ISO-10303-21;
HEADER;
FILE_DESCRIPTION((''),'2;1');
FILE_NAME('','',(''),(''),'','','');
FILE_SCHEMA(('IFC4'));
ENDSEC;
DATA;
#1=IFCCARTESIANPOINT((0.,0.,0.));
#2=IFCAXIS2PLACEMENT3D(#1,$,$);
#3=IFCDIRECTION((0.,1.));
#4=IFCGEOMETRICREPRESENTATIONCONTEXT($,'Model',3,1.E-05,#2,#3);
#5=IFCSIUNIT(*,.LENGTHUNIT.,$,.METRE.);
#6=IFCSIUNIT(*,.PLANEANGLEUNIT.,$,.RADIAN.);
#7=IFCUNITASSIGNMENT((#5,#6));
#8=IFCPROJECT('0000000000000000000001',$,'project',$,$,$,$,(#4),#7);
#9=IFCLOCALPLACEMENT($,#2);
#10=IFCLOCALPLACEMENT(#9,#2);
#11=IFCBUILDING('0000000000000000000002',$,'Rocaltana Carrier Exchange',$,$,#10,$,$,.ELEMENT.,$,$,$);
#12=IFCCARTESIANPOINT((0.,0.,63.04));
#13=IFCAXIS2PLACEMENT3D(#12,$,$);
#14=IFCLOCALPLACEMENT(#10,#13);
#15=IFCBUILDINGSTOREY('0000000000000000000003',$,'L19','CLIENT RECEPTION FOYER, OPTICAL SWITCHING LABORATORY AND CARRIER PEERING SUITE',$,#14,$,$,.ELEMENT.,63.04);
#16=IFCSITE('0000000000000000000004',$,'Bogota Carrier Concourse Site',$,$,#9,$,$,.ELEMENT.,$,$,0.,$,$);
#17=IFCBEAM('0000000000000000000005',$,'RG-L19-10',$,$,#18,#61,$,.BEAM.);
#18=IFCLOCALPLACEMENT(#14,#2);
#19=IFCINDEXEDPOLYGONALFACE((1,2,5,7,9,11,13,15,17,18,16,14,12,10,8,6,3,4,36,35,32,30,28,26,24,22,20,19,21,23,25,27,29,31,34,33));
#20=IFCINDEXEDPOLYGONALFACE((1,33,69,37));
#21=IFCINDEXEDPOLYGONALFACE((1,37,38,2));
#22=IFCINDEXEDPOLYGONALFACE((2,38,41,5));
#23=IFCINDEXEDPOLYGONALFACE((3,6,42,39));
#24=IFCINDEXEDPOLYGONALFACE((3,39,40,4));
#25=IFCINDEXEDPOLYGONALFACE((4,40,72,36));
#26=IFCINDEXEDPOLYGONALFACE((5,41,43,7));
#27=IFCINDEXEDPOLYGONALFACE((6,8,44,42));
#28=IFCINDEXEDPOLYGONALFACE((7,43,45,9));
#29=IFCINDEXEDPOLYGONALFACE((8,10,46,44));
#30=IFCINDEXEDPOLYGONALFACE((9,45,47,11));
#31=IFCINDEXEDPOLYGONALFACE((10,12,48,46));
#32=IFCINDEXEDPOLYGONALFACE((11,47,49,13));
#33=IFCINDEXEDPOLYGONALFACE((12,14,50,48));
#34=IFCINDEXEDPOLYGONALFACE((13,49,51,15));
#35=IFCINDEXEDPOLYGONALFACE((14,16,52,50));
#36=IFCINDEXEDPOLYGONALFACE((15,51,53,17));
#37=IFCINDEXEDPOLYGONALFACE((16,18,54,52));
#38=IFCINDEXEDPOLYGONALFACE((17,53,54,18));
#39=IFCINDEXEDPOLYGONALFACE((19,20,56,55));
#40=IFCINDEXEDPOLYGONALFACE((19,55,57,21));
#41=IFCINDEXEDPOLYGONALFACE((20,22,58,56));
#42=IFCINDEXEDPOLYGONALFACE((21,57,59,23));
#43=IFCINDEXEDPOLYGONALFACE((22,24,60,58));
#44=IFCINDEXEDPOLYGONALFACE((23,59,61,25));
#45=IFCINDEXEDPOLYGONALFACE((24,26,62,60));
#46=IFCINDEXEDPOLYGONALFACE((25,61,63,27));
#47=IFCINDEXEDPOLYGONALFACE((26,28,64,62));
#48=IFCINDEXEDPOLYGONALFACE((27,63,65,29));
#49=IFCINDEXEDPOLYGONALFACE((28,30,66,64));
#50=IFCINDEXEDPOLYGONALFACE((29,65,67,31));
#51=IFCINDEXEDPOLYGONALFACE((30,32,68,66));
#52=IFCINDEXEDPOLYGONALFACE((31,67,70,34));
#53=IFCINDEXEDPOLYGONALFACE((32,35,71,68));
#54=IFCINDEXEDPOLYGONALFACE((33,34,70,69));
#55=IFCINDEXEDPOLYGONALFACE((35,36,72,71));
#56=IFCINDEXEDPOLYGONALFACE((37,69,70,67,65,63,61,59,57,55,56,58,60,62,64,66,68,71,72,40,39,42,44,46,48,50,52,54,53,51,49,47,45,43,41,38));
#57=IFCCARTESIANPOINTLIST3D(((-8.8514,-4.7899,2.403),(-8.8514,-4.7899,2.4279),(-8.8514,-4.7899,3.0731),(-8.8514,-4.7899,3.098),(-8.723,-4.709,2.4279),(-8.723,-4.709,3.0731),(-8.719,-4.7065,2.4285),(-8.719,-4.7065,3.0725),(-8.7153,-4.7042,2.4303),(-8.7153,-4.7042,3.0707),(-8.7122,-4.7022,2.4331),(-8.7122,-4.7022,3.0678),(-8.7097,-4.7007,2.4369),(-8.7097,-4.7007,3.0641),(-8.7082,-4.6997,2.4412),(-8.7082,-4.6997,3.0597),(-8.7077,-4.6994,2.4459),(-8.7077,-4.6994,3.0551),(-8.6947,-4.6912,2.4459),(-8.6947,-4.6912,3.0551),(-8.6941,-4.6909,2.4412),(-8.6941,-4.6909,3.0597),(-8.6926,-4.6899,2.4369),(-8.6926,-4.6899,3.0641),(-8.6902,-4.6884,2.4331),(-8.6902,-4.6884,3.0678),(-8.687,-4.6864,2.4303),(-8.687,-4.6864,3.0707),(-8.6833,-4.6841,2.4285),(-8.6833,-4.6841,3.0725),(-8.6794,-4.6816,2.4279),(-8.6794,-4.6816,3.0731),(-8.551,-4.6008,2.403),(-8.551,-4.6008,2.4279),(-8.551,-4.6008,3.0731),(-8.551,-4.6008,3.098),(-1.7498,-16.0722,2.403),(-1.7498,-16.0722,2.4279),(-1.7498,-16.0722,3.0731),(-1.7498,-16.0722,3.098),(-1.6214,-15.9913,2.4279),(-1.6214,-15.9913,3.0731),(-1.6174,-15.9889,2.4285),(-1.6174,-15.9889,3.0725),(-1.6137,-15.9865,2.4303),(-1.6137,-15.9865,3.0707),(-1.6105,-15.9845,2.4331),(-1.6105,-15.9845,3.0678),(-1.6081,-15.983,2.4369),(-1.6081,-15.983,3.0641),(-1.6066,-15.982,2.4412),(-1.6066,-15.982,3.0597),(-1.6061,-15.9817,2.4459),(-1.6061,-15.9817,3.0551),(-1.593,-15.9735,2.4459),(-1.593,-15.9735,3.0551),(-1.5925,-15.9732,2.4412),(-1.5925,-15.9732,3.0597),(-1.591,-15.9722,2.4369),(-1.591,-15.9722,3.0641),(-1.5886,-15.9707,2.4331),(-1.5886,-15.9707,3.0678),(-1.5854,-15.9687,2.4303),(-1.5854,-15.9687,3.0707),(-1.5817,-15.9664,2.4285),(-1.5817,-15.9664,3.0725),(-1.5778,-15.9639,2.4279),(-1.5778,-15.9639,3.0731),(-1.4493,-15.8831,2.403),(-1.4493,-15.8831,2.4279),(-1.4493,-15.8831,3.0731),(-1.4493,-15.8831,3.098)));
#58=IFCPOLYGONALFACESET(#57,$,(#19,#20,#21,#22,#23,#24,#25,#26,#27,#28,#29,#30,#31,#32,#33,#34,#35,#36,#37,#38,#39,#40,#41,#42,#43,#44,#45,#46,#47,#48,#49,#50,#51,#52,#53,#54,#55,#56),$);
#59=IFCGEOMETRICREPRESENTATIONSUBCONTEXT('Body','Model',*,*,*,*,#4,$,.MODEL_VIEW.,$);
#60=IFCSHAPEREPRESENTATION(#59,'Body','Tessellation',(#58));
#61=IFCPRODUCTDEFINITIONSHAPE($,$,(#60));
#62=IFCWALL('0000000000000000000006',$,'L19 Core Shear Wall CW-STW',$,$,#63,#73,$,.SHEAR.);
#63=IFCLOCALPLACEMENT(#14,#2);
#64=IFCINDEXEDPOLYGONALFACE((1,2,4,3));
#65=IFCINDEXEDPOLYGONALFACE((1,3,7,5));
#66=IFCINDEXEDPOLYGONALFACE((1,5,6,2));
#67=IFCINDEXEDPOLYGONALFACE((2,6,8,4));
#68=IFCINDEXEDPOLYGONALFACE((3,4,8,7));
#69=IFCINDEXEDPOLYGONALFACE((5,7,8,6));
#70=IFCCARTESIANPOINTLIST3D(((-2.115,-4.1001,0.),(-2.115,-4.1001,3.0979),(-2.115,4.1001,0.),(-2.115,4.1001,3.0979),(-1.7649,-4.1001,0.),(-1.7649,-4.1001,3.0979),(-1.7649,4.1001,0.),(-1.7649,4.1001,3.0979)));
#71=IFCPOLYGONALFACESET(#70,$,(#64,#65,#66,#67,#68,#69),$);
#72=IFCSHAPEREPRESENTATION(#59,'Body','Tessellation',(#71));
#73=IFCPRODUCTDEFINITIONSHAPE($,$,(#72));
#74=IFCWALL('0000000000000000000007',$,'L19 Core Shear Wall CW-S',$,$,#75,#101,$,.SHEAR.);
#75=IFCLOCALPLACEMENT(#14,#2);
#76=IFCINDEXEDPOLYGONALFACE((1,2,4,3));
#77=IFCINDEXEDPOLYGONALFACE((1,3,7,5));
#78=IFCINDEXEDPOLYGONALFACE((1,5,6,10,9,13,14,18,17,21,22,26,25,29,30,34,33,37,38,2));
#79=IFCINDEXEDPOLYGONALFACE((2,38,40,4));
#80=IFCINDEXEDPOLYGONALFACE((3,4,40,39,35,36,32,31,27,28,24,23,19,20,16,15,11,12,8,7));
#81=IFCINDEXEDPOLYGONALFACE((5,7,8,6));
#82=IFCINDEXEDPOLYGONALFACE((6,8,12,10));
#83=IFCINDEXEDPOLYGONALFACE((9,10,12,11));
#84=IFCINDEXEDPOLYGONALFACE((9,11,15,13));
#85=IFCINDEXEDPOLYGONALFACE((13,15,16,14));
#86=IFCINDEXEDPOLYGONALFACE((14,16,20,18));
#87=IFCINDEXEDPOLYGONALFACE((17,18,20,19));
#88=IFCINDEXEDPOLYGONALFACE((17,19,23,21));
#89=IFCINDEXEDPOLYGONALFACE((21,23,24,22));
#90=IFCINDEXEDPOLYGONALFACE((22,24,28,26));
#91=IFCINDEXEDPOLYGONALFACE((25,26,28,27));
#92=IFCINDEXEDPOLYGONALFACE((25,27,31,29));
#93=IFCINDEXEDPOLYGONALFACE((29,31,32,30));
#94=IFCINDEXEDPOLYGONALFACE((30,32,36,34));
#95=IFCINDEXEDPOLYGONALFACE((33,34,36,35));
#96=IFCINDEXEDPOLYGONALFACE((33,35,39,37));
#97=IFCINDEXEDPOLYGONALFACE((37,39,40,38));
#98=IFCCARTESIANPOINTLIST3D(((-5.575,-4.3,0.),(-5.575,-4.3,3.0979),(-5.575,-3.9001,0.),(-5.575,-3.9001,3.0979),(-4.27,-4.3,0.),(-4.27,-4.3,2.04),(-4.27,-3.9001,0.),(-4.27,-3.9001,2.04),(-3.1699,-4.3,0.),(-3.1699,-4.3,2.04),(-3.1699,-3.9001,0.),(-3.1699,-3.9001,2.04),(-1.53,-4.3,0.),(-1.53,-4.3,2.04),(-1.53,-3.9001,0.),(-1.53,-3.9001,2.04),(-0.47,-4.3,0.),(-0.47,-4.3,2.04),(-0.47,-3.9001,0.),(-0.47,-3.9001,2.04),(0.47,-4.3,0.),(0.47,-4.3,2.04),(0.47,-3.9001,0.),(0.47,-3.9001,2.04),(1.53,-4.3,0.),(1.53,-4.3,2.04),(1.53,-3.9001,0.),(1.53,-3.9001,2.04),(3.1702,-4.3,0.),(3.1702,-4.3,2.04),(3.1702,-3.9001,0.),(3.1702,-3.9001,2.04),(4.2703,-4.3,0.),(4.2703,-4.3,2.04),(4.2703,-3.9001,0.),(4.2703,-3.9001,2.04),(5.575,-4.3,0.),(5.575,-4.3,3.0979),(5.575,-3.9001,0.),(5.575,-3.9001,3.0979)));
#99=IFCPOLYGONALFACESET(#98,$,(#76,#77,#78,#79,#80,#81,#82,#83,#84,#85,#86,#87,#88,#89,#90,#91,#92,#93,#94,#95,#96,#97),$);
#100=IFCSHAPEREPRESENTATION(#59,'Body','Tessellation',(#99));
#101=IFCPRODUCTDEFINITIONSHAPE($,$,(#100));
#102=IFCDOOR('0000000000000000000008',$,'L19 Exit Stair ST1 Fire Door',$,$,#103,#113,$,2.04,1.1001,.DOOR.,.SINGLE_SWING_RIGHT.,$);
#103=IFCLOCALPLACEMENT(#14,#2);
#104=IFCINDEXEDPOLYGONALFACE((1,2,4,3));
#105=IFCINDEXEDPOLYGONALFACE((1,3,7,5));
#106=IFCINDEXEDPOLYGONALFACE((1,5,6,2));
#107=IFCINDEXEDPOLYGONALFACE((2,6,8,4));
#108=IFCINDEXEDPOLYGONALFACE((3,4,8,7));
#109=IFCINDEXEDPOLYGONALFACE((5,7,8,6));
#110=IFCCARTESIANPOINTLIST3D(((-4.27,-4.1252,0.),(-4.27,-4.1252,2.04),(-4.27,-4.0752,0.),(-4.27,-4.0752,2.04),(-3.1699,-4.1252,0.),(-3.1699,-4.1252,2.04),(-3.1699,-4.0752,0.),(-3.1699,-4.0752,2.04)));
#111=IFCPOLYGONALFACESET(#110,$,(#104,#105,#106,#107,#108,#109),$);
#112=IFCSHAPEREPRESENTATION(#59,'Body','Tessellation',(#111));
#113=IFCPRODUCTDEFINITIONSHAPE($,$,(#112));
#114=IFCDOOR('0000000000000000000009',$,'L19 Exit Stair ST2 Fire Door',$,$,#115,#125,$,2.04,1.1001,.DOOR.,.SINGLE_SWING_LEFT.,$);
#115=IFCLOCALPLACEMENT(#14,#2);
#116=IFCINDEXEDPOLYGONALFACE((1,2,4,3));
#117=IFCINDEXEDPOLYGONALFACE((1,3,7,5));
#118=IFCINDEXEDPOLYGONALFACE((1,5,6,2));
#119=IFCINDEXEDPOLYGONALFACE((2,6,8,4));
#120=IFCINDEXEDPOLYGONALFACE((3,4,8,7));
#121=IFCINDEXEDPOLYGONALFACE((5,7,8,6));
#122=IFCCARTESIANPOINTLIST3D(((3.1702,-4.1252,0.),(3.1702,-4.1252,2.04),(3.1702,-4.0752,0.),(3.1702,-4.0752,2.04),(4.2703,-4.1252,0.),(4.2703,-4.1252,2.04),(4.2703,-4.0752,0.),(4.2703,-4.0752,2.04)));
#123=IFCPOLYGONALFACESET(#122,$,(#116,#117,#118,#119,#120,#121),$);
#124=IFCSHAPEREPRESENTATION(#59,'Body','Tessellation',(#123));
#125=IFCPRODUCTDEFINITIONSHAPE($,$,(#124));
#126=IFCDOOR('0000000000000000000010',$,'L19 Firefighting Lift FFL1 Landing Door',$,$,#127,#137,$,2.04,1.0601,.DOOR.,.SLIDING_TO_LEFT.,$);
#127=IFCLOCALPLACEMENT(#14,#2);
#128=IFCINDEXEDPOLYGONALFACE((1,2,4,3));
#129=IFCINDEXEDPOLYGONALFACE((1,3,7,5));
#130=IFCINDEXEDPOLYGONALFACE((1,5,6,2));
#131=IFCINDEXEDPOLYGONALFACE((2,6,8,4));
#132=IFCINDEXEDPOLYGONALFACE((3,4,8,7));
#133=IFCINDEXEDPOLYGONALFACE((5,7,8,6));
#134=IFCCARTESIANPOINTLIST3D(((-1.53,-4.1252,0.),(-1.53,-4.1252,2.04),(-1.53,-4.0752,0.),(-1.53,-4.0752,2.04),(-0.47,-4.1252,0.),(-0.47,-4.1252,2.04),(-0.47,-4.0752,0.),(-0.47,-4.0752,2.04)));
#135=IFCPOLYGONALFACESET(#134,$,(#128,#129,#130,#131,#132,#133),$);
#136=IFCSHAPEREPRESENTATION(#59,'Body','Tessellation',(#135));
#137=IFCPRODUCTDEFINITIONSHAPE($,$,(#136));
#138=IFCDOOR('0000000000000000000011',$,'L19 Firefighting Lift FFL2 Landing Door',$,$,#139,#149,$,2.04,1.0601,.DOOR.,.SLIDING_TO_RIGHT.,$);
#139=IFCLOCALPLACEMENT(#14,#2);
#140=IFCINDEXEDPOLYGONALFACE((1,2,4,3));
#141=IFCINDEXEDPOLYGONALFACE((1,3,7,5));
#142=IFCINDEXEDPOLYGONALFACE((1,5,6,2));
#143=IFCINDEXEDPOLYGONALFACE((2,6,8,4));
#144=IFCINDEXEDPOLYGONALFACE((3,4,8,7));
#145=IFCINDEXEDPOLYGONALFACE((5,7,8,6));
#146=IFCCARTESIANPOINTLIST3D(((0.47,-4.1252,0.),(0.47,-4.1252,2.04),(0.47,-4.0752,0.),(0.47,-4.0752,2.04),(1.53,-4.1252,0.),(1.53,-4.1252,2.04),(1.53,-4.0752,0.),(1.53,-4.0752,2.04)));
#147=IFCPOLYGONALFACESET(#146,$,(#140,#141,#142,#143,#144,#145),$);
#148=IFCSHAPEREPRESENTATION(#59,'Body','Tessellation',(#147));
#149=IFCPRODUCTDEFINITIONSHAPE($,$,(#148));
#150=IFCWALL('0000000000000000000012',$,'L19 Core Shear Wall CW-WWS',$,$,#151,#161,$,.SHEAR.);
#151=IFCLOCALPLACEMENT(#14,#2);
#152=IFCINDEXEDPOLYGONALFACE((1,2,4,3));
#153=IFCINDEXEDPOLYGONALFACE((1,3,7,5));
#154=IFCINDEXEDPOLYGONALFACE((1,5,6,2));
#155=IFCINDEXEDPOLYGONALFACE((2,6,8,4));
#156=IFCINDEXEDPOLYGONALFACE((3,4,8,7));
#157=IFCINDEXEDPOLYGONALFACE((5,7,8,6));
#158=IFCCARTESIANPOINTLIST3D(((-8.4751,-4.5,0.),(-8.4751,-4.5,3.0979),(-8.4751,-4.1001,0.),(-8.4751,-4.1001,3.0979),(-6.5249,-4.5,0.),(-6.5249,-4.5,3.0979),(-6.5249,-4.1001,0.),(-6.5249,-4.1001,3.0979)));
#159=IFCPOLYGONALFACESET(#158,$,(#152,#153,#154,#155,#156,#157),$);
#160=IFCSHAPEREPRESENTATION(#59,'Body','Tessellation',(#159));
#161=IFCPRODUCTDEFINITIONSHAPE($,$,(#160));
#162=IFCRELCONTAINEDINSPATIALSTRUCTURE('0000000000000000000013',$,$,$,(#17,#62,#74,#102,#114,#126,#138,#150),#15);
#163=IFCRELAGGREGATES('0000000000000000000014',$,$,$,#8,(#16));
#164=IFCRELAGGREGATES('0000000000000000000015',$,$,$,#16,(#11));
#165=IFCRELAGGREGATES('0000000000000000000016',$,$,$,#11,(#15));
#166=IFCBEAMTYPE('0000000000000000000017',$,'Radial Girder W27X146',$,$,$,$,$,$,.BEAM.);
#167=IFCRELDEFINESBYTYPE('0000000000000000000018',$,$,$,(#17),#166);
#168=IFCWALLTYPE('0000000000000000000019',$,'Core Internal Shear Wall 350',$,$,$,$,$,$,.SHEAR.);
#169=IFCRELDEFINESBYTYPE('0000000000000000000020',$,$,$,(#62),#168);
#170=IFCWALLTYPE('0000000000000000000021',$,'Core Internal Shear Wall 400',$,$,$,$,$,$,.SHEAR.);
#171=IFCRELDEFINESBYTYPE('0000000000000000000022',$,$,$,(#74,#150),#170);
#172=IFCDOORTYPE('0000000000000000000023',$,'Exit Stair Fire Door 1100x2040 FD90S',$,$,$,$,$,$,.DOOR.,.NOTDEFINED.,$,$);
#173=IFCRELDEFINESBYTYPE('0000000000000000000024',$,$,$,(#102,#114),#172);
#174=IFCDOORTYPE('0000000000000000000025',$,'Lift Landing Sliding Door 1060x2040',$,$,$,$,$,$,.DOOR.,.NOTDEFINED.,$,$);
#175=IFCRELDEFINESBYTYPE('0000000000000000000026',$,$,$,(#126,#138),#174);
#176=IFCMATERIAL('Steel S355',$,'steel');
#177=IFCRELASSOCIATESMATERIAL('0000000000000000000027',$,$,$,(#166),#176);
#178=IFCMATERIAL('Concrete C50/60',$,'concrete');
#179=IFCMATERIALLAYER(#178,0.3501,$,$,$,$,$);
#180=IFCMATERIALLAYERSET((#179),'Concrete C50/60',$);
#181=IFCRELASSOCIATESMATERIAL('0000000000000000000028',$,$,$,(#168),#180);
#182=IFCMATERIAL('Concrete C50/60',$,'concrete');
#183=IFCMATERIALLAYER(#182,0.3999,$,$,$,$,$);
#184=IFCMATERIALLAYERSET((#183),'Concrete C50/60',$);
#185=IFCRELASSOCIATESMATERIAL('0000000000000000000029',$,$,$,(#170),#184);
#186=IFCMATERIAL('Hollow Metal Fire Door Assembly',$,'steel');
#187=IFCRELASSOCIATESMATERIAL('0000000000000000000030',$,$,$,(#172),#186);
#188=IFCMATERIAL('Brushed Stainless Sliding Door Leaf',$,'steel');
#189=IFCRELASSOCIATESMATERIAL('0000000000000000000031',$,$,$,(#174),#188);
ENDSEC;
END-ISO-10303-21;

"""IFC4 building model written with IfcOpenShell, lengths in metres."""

from ifc_helpers import new_model, si_unit, direction, frame, frame_2d, origin, origin_2d, place, context, subcontext, project, spatial, rectangle, i_section, extrude, material, layer, layer_set, material_profile, profile_set, type_object, element, fill, save


model = new_model("IFC4")

# Units and contexts
model_context = context("Model", 3, precision=1e-05, world=origin(), true_north=direction((0.0, 1.0)))
body_context = subcontext(model_context, "Body", "Model", "MODEL_VIEW")
ifc_project = project(units=[si_unit("LENGTHUNIT", "METRE"), si_unit("PLANEANGLEUNIT", "RADIAN")], contexts=[model_context])

# Site, building, storey
site_placement = place(None, origin())
site = spatial("IfcSite", under=ifc_project, at=site_placement, Name="Bogota Carrier Concourse Site", CompositionType="ELEMENT", RefElevation=0.0)
building_placement = place(site_placement, origin())
building = spatial("IfcBuilding", under=site, at=building_placement, Name="Rocaltana Carrier Exchange", CompositionType="ELEMENT")
storey_placement = place(building_placement, frame((0.0, 0.0, 63.04)))
storey = spatial("IfcBuildingStorey", under=building, at=storey_placement, Name="L19", Description="CLIENT RECEPTION FOYER, OPTICAL SWITCHING LABORATORY AND CARRIER PEERING SUITE", CompositionType="ELEMENT", Elevation=63.04)

# Beam
ifc_material_1 = material(Name="Steel S355", Category="steel")
ifc_material_profile_1 = material_profile(ifc_material_1, i_section(OverallWidth=0.355, OverallDepth=0.6951, WebThickness=0.0154, FlangeThickness=0.0249, FilletRadius=0.0181, at=origin_2d()), Name="W27X146")
ifc_profile_set_1 = profile_set([ifc_material_profile_1], Name="Steel S355")
beam_type = type_object("IfcBeamType", Name="Radial Girder W27X146", PredefinedType="BEAM", material=ifc_profile_set_1)
beam_placement = place(storey_placement, frame((-8.7012, -4.6953, 2.7505), z_axis=(0.532703, -0.846303, 0.0), x_axis=(0.846303, 0.532703, 0.0)))
element("IfcBeam", 1, at=beam_placement, inside=storey, type_object=beam_type, Name="RG-L19-10", PredefinedType="BEAM", context=body_context, shape_type="SweptSolid", body=[
    extrude(i_section(OverallWidth=0.355, OverallDepth=0.6951, WebThickness=0.0154, FlangeThickness=0.0249, FilletRadius=0.0181, at=origin_2d()), origin(), (0.0, 0.0, 1.0), 13.3313),
])

# Wall
ifc_material_2 = material(Name="Concrete C50/60", Category="concrete")
ifc_layer_1 = layer(ifc_material_2, 0.3501)
ifc_layer_set_1 = layer_set([ifc_layer_1], Name="Concrete C50/60")
wall_type_1 = type_object("IfcWallType", Name="Core Internal Shear Wall 350", PredefinedType="SHEAR", material=ifc_layer_set_1)
wall_1_placement = place(storey_placement, frame((-1.9399, -4.1001, 0.0), z_axis=(0.0, 0.0, 1.0), x_axis=(0.0, 1.0, 0.0)))
element("IfcWall", 2, at=wall_1_placement, inside=storey, type_object=wall_type_1, Name="L19 Core Shear Wall CW-STW", PredefinedType="SHEAR", context=body_context, shape_type="SweptSolid", body=[
    extrude(rectangle(XDim=8.2002, YDim=0.3501, at=frame_2d((4.1001, 0.0))), origin(), (0.0, 0.0, 1.0), 3.0979),
])

# Wall, openings, doors
ifc_material_3 = material(Name="Concrete C50/60", Category="concrete")
ifc_layer_2 = layer(ifc_material_3, 0.3999)
ifc_layer_set_2 = layer_set([ifc_layer_2], Name="Concrete C50/60")
wall_type_2 = type_object("IfcWallType", Name="Core Internal Shear Wall 400", PredefinedType="SHEAR", material=ifc_layer_set_2)
wall_2_placement = place(storey_placement, frame((-5.575, -4.1001, 0.0), z_axis=(0.0, 0.0, 1.0), x_axis=(1.0, 0.0, 0.0)))
wall_2 = element("IfcWall", 3, at=wall_2_placement, inside=storey, type_object=wall_type_2, Name="L19 Core Shear Wall CW-S", PredefinedType="SHEAR", context=body_context, shape_type="SweptSolid", body=[
    extrude(rectangle(XDim=11.1499, YDim=0.3999, at=frame_2d((5.575, 0.0))), origin(), (0.0, 0.0, 1.0), 3.0979),
])
opening_1_placement = place(wall_2_placement, frame((1.3049, 0.0, 0.0)))
opening_1 = element("IfcOpeningElement", 4, at=opening_1_placement, cuts=wall_2, PredefinedType="OPENING", context=body_context, shape_type="SweptSolid", body=[
    extrude(rectangle(XDim=1.1001, YDim=2.04, at=frame_2d((0.55, 1.02))), frame((0.0, 0.21, 0.0), z_axis=(0.0, -1.0, 0.0), x_axis=(1.0, 0.0, 0.0)), (0.0, 0.0, 1.0), 0.4199),
])
opening_2_placement = place(wall_2_placement, frame((8.7451, 0.0, 0.0)))
opening_2 = element("IfcOpeningElement", 5, at=opening_2_placement, cuts=wall_2, PredefinedType="OPENING", context=body_context, shape_type="SweptSolid", body=[
    extrude(rectangle(XDim=1.1001, YDim=2.04, at=frame_2d((0.55, 1.02))), frame((0.0, 0.21, 0.0), z_axis=(0.0, -1.0, 0.0), x_axis=(1.0, 0.0, 0.0)), (0.0, 0.0, 1.0), 0.4199),
])
opening_3_placement = place(wall_2_placement, frame((4.0449, 0.0, 0.0)))
opening_3 = element("IfcOpeningElement", 6, at=opening_3_placement, cuts=wall_2, PredefinedType="OPENING", context=body_context, shape_type="SweptSolid", body=[
    extrude(rectangle(XDim=1.0601, YDim=2.04, at=frame_2d((0.53, 1.02))), frame((0.0, 0.21, 0.0), z_axis=(0.0, -1.0, 0.0), x_axis=(1.0, 0.0, 0.0)), (0.0, 0.0, 1.0), 0.4199),
])
opening_4_placement = place(wall_2_placement, frame((6.0449, 0.0, 0.0)))
opening_4 = element("IfcOpeningElement", 7, at=opening_4_placement, cuts=wall_2, PredefinedType="OPENING", context=body_context, shape_type="SweptSolid", body=[
    extrude(rectangle(XDim=1.0601, YDim=2.04, at=frame_2d((0.53, 1.02))), frame((0.0, 0.21, 0.0), z_axis=(0.0, -1.0, 0.0), x_axis=(1.0, 0.0, 0.0)), (0.0, 0.0, 1.0), 0.4199),
])
ifc_material_4 = material(Name="Hollow Metal Fire Door Assembly", Category="steel")
door_type_1 = type_object("IfcDoorType", Name="Exit Stair Fire Door 1100x2040 FD90S", OperationType="NOTDEFINED", PredefinedType="DOOR", material=ifc_material_4)
door_1_placement = place(opening_1_placement, origin())
door_1 = element("IfcDoor", 8, at=door_1_placement, inside=storey, type_object=door_type_1, Name="L19 Exit Stair ST1 Fire Door", OperationType="SINGLE_SWING_RIGHT", OverallHeight=2.04, OverallWidth=1.1001, PredefinedType="DOOR", context=body_context, shape_type="SweptSolid", body=[
    extrude(rectangle(XDim=1.1001, YDim=2.04, at=frame_2d((0.55, 1.02))), frame((0.0, 0.0249, 0.0), z_axis=(0.0, -1.0, 0.0), x_axis=(1.0, 0.0, 0.0)), (0.0, 0.0, 1.0), 0.05),
])
fill(opening_1, door_1)
door_2_placement = place(opening_2_placement, origin())
door_2 = element("IfcDoor", 9, at=door_2_placement, inside=storey, type_object=door_type_1, Name="L19 Exit Stair ST2 Fire Door", OperationType="SINGLE_SWING_LEFT", OverallHeight=2.04, OverallWidth=1.1001, PredefinedType="DOOR", context=body_context, shape_type="SweptSolid", body=[
    extrude(rectangle(XDim=1.1001, YDim=2.04, at=frame_2d((0.55, 1.02))), frame((0.0, 0.0249, 0.0), z_axis=(0.0, -1.0, 0.0), x_axis=(1.0, 0.0, 0.0)), (0.0, 0.0, 1.0), 0.05),
])
fill(opening_2, door_2)
ifc_material_5 = material(Name="Brushed Stainless Sliding Door Leaf", Category="steel")
door_type_2 = type_object("IfcDoorType", Name="Lift Landing Sliding Door 1060x2040", OperationType="NOTDEFINED", PredefinedType="DOOR", material=ifc_material_5)
door_3_placement = place(opening_3_placement, origin())
door_3 = element("IfcDoor", 10, at=door_3_placement, inside=storey, type_object=door_type_2, Name="L19 Firefighting Lift FFL1 Landing Door", OperationType="SLIDING_TO_LEFT", OverallHeight=2.04, OverallWidth=1.0601, PredefinedType="DOOR", context=body_context, shape_type="SweptSolid", body=[
    extrude(rectangle(XDim=1.0601, YDim=2.04, at=frame_2d((0.53, 1.02))), frame((0.0, 0.0249, 0.0), z_axis=(0.0, -1.0, 0.0), x_axis=(1.0, 0.0, 0.0)), (0.0, 0.0, 1.0), 0.05),
])
fill(opening_3, door_3)
door_4_placement = place(opening_4_placement, origin())
door_4 = element("IfcDoor", 11, at=door_4_placement, inside=storey, type_object=door_type_2, Name="L19 Firefighting Lift FFL2 Landing Door", OperationType="SLIDING_TO_RIGHT", OverallHeight=2.04, OverallWidth=1.0601, PredefinedType="DOOR", context=body_context, shape_type="SweptSolid", body=[
    extrude(rectangle(XDim=1.0601, YDim=2.04, at=frame_2d((0.53, 1.02))), frame((0.0, 0.0249, 0.0), z_axis=(0.0, -1.0, 0.0), x_axis=(1.0, 0.0, 0.0)), (0.0, 0.0, 1.0), 0.05),
])
fill(opening_4, door_4)

# Wall
wall_3_placement = place(storey_placement, frame((-8.4751, -4.3, 0.0), z_axis=(0.0, 0.0, 1.0), x_axis=(1.0, 0.0, 0.0)))
element("IfcWall", 12, at=wall_3_placement, inside=storey, type_object=wall_type_2, Name="L19 Core Shear Wall CW-WWS", PredefinedType="SHEAR", context=body_context, shape_type="SweptSolid", body=[
    extrude(rectangle(XDim=1.9502, YDim=0.3999, at=frame_2d((0.9751, 0.0))), origin(), (0.0, 0.0, 1.0), 3.0979),
])

save(model, "model.ifc")
